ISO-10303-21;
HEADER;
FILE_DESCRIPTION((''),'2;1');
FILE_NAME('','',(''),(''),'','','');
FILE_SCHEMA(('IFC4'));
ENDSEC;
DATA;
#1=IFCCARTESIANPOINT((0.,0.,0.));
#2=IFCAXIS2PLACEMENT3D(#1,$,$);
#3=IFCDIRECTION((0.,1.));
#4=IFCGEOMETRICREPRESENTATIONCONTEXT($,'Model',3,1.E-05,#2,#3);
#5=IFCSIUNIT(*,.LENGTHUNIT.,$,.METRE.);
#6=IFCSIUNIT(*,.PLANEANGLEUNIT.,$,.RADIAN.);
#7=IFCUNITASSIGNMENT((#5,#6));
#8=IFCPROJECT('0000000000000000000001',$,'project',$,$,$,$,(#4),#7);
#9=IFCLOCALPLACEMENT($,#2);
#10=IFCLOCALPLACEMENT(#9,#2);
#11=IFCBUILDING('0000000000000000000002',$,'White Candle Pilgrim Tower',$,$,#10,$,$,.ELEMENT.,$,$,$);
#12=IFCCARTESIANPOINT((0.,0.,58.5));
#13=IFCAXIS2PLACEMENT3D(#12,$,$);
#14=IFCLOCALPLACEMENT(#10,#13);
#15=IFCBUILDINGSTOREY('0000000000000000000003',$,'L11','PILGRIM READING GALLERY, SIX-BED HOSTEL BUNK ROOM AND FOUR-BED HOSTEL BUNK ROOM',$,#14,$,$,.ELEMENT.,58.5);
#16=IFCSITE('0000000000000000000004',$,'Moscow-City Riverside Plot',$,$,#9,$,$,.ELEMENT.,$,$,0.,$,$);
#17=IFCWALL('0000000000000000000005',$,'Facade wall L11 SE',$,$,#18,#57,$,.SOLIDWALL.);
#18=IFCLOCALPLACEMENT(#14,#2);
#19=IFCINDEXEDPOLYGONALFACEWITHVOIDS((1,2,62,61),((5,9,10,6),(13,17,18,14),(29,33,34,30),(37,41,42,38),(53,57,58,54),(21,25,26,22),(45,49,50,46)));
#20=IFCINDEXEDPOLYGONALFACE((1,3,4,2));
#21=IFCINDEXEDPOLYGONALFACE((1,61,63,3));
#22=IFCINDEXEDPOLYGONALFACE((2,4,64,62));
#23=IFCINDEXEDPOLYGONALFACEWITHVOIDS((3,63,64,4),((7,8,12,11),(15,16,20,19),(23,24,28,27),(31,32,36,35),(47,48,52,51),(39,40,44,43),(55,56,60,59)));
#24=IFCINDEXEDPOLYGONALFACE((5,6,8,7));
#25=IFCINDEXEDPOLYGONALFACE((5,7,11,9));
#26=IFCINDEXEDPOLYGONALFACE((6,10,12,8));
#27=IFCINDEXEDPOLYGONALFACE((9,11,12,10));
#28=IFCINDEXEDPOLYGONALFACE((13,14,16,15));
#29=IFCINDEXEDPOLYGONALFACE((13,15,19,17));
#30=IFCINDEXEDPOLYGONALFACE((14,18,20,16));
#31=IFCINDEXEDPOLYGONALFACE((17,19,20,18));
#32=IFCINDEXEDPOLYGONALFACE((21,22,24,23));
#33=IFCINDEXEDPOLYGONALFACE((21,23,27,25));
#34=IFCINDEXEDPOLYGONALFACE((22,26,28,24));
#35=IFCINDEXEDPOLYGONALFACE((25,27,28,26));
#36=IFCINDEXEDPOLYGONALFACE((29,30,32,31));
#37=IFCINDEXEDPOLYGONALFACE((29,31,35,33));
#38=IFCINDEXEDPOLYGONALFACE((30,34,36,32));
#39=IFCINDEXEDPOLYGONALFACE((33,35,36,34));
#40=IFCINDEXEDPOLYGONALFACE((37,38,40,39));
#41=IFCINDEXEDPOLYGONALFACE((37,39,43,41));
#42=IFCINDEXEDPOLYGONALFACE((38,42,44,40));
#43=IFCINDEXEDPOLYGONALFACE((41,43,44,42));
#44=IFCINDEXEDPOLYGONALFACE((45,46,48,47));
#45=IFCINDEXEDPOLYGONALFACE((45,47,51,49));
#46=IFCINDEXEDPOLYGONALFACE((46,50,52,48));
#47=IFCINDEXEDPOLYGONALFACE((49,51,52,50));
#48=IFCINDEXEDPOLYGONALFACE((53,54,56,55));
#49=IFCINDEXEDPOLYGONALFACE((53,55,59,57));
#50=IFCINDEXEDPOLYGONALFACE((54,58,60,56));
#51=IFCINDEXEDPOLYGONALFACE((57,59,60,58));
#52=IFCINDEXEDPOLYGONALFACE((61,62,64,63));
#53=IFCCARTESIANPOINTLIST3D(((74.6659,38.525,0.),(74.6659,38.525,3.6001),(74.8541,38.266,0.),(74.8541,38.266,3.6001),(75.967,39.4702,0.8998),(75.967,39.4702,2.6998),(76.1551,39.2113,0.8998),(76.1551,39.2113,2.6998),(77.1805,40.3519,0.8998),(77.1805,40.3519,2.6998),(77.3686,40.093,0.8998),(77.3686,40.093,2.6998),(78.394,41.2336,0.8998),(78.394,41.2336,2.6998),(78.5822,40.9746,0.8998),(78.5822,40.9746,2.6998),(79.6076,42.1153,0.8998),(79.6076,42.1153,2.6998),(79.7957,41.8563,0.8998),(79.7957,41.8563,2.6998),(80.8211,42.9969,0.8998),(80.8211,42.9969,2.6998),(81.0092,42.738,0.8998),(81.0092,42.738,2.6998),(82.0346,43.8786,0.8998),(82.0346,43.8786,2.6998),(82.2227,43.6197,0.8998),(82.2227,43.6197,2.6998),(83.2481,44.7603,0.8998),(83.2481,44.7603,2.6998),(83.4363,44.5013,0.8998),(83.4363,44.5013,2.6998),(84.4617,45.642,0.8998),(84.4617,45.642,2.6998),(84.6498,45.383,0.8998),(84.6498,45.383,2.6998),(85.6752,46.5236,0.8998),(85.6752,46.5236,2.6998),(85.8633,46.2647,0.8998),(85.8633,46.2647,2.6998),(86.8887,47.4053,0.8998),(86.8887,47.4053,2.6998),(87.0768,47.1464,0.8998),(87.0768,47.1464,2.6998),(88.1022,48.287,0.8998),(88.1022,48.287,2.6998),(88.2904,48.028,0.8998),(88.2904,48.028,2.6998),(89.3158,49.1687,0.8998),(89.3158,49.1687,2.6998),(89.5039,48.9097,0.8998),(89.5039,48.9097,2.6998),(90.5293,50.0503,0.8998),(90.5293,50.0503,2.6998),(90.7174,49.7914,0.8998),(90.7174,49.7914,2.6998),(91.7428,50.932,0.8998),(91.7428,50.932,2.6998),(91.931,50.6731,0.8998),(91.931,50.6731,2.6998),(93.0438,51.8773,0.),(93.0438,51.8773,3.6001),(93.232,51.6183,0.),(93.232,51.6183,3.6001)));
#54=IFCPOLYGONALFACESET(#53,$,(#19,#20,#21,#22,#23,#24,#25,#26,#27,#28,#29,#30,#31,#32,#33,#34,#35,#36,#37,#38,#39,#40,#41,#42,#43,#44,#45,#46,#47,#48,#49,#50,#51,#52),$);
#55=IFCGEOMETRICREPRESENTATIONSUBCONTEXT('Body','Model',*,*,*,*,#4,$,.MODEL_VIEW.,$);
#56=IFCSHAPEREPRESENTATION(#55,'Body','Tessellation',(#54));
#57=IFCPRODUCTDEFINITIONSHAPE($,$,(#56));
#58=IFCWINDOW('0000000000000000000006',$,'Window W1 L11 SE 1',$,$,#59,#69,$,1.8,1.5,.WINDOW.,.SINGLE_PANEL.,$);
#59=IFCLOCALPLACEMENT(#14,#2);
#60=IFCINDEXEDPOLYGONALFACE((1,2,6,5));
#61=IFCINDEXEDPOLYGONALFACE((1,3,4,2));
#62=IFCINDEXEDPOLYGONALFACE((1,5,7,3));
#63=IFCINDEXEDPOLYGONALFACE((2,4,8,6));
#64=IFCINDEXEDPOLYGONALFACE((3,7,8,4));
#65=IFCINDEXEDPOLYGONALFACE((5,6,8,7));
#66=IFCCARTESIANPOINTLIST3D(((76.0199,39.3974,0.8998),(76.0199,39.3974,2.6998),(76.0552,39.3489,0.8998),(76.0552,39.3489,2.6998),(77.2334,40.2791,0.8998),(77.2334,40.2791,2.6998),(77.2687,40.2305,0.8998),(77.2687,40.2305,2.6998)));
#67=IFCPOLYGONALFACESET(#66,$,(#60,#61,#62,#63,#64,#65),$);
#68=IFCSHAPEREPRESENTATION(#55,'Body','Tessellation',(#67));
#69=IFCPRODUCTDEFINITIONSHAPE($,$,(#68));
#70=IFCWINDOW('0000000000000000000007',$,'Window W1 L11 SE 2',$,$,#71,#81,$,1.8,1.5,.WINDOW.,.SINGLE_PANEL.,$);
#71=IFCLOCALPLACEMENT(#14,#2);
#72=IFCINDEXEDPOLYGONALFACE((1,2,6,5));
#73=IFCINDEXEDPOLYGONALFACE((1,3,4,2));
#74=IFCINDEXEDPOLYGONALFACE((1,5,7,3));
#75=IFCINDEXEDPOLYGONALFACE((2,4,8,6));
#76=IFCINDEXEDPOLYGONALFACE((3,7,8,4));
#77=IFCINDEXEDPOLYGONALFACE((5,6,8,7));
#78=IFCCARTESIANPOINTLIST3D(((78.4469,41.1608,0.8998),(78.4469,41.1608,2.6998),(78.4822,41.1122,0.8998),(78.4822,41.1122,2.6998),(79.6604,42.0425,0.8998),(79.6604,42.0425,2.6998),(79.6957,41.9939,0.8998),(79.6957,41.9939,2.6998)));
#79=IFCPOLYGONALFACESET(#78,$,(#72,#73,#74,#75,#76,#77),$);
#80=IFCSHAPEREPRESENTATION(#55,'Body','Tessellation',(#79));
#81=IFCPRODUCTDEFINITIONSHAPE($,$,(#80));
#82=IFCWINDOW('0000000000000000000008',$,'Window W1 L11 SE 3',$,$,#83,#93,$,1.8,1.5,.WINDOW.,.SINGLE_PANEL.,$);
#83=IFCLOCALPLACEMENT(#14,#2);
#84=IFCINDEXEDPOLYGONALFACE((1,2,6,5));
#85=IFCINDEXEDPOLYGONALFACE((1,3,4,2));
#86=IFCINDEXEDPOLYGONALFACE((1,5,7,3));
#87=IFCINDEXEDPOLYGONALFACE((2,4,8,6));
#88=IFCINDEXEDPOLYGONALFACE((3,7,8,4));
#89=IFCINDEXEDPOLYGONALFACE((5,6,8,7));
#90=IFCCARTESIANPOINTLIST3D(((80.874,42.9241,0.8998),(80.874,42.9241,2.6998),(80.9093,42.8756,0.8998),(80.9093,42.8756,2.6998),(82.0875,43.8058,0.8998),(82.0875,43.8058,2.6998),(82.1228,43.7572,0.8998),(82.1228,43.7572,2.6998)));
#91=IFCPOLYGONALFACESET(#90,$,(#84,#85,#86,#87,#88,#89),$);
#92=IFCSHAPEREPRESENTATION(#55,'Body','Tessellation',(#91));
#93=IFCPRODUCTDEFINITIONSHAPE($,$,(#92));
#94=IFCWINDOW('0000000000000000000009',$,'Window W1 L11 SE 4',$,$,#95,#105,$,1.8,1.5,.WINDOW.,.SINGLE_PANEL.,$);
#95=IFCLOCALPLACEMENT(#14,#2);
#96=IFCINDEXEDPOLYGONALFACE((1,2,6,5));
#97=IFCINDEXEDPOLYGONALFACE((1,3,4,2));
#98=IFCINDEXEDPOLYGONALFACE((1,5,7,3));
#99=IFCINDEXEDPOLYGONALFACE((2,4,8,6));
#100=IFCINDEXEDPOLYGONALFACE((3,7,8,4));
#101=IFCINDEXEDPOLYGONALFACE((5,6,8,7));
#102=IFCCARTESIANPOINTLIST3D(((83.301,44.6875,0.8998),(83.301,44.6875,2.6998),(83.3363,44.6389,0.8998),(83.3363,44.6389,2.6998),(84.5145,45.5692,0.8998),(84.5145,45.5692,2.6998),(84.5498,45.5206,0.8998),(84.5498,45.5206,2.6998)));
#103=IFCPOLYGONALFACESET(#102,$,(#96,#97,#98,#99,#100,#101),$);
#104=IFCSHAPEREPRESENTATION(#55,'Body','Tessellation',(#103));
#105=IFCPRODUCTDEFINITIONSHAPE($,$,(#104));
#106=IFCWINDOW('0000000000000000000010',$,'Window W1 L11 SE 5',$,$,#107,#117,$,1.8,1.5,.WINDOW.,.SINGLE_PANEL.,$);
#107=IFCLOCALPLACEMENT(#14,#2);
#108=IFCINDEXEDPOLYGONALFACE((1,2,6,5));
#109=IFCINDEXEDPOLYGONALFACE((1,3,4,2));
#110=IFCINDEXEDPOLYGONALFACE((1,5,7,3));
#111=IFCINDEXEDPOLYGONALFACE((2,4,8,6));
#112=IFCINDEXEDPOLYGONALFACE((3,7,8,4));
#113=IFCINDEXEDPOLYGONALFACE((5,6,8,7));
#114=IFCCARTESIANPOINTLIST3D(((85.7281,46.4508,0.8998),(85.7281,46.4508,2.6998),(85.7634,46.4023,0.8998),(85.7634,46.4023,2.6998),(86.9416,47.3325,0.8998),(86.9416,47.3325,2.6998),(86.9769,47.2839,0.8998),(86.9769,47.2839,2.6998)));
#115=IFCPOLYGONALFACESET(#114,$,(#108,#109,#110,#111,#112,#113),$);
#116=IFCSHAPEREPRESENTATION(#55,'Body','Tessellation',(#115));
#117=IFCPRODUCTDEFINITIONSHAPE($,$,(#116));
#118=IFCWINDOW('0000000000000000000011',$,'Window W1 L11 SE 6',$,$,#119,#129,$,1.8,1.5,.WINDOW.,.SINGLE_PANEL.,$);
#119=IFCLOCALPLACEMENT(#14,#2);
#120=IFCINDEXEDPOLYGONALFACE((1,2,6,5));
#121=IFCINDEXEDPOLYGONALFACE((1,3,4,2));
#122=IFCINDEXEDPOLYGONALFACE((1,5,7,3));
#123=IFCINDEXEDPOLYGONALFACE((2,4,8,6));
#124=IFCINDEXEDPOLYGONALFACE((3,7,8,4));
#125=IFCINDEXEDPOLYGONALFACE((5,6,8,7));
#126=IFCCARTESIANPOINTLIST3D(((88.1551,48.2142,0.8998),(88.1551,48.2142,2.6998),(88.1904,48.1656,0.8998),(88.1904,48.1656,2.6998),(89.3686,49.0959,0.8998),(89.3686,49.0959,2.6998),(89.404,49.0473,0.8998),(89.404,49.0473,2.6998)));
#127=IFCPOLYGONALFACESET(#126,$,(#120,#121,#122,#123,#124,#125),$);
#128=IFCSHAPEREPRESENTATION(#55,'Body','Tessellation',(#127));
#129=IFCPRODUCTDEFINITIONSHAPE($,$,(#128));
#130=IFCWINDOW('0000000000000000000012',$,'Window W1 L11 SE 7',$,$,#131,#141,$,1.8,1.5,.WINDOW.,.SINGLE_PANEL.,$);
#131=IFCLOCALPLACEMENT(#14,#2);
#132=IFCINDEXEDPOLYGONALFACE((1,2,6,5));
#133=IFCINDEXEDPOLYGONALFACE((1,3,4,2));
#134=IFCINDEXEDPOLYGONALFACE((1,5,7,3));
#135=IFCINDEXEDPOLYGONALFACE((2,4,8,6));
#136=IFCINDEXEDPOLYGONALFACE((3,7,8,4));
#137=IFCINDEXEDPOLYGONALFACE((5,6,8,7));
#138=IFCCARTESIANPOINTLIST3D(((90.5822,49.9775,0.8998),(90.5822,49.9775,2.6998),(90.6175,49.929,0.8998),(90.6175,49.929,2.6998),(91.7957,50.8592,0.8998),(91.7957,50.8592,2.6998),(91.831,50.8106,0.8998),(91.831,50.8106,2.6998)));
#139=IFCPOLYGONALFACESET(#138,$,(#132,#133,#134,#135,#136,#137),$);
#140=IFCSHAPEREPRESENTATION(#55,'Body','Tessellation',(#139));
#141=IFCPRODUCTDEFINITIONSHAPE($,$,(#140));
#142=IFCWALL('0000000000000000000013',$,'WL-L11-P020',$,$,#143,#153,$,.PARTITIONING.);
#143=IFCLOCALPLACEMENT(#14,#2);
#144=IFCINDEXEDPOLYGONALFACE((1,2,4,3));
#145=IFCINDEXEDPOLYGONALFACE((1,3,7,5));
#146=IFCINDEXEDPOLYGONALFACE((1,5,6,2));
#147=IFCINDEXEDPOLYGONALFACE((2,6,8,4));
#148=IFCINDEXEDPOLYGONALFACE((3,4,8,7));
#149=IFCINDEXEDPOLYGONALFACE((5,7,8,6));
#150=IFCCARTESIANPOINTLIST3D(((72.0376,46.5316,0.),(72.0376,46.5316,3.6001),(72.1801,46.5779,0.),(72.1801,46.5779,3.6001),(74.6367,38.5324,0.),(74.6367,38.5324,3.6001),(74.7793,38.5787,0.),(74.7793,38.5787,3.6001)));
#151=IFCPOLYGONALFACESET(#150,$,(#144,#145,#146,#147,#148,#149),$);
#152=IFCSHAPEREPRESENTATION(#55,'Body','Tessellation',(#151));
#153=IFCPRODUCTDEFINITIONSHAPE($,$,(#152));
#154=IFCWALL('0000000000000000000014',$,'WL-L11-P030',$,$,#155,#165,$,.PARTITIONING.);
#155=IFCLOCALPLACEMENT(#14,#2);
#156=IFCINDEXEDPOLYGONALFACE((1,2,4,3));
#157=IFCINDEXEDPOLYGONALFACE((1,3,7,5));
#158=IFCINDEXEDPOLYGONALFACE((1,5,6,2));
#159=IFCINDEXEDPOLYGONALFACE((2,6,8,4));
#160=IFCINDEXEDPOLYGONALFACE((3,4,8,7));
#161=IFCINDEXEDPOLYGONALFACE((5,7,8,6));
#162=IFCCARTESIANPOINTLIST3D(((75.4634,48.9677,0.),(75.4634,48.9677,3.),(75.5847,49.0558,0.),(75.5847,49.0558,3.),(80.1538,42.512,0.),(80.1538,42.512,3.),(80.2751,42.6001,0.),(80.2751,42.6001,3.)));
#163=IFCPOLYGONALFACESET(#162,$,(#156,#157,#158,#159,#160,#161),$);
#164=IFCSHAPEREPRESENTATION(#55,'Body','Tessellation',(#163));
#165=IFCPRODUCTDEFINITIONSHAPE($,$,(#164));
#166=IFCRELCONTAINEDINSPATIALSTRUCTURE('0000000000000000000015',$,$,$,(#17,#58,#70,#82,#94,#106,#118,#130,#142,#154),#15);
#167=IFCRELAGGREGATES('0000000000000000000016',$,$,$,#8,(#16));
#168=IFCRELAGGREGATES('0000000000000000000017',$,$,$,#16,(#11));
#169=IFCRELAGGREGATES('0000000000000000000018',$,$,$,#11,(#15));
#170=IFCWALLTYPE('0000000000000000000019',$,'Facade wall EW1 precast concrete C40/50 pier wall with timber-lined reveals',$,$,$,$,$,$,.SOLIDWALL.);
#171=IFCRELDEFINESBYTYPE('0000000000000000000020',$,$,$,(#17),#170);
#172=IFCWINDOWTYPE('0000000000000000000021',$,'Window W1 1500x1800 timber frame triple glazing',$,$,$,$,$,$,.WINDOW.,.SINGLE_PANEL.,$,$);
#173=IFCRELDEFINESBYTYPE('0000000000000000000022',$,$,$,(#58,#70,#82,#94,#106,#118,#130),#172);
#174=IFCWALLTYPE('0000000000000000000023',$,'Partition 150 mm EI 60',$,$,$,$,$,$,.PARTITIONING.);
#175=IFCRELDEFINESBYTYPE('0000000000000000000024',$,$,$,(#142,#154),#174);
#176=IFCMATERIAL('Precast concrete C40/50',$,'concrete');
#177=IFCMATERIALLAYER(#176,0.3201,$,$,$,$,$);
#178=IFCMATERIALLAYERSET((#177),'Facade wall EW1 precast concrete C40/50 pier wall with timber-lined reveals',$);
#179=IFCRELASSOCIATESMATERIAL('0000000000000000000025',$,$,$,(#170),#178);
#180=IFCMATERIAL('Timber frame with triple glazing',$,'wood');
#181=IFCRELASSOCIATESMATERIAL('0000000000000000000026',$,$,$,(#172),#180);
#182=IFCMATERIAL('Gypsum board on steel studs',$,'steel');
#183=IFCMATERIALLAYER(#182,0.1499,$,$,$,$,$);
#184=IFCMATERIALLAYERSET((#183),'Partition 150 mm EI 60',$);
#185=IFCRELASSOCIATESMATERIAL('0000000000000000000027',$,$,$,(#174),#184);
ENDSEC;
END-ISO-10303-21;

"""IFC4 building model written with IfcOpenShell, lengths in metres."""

from ifc_helpers import new_model, si_unit, direction, frame, frame_2d, origin, place, context, subcontext, project, spatial, rectangle, extrude, material, layer, layer_set, type_object, element, fill, save


model = new_model("IFC4")

# Units and contexts
model_context = context("Model", 3, precision=1e-05, world=origin(), true_north=direction((0.0, 1.0)))
body_context = subcontext(model_context, "Body", "Model", "MODEL_VIEW")
ifc_project = project(units=[si_unit("LENGTHUNIT", "METRE"), si_unit("PLANEANGLEUNIT", "RADIAN")], contexts=[model_context])

# Site, building, storey
site_placement = place(None, origin())
site = spatial("IfcSite", under=ifc_project, at=site_placement, Name="Moscow-City Riverside Plot", CompositionType="ELEMENT", RefElevation=0.0)
building_placement = place(site_placement, origin())
building = spatial("IfcBuilding", under=site, at=building_placement, Name="White Candle Pilgrim Tower", CompositionType="ELEMENT")
storey_placement = place(building_placement, frame((0.0, 0.0, 58.5)))
storey = spatial("IfcBuildingStorey", under=building, at=storey_placement, Name="L11", Description="PILGRIM READING GALLERY, SIX-BED HOSTEL BUNK ROOM AND FOUR-BED HOSTEL BUNK ROOM", CompositionType="ELEMENT", Elevation=58.5)

# Shared definitions
ifc_material_1 = material(Name="Gypsum board on steel studs", Category="steel")

# Wall, openings, windows
ifc_material_2 = material(Name="Precast concrete C40/50", Category="concrete")
ifc_layer_1 = layer(ifc_material_2, 0.3201)
ifc_layer_set_1 = layer_set([ifc_layer_1], Name="Facade wall EW1 precast concrete C40/50 pier wall with timber-lined reveals")
wall_type_1 = type_object("IfcWallType", Name="Facade wall EW1 precast concrete C40/50 pier wall with timber-lined reveals", PredefinedType="SOLIDWALL", material=ifc_layer_set_1)
wall_1_placement = place(storey_placement, frame((74.76, 38.3955, 0.0), z_axis=(0.0, 0.0, 1.0), x_axis=(0.809018, 0.587784, 0.0)))
wall_1 = element("IfcWall", 1, at=wall_1_placement, inside=storey, type_object=wall_type_1, Name="Facade wall L11 SE", PredefinedType="SOLIDWALL", context=body_context, shape_type="SweptSolid", body=[
    extrude(rectangle(XDim=22.7163, YDim=0.3201, at=frame_2d((11.3582, 0.0))), origin(), (0.0, 0.0, 1.0), 3.6001),
])
opening_1_placement = place(wall_1_placement, frame((1.6082, 0.0, 0.8999)))
opening_1 = element("IfcOpeningElement", 2, at=opening_1_placement, cuts=wall_1, PredefinedType="OPENING", context=body_context, shape_type="SweptSolid", body=[
    extrude(rectangle(XDim=1.5, YDim=1.8, at=frame_2d((0.75, 0.8999))), frame((0.0, 0.1699, 0.0), z_axis=(0.0, -1.0, 0.0), x_axis=(1.0, 0.0, 0.0)), (0.0, 0.0, 1.0), 0.3401),
])
opening_2_placement = place(wall_1_placement, frame((4.6082, 0.0, 0.8999)))
opening_2 = element("IfcOpeningElement", 3, at=opening_2_placement, cuts=wall_1, PredefinedType="OPENING", context=body_context, shape_type="SweptSolid", body=[
    extrude(rectangle(XDim=1.5, YDim=1.8, at=frame_2d((0.75, 0.8999))), frame((0.0, 0.1699, 0.0), z_axis=(0.0, -1.0, 0.0), x_axis=(1.0, 0.0, 0.0)), (0.0, 0.0, 1.0), 0.3401),
])
opening_3_placement = place(wall_1_placement, frame((7.6082, 0.0, 0.8999)))
opening_3 = element("IfcOpeningElement", 4, at=opening_3_placement, cuts=wall_1, PredefinedType="OPENING", context=body_context, shape_type="SweptSolid", body=[
    extrude(rectangle(XDim=1.5, YDim=1.8, at=frame_2d((0.75, 0.8999))), frame((0.0, 0.1699, 0.0), z_axis=(0.0, -1.0, 0.0), x_axis=(1.0, 0.0, 0.0)), (0.0, 0.0, 1.0), 0.3401),
])
opening_4_placement = place(wall_1_placement, frame((10.6082, 0.0, 0.8999)))
opening_4 = element("IfcOpeningElement", 5, at=opening_4_placement, cuts=wall_1, PredefinedType="OPENING", context=body_context, shape_type="SweptSolid", body=[
    extrude(rectangle(XDim=1.5, YDim=1.8, at=frame_2d((0.75, 0.8999))), frame((0.0, 0.1699, 0.0), z_axis=(0.0, -1.0, 0.0), x_axis=(1.0, 0.0, 0.0)), (0.0, 0.0, 1.0), 0.3401),
])
opening_5_placement = place(wall_1_placement, frame((13.6082, 0.0, 0.8999)))
opening_5 = element("IfcOpeningElement", 6, at=opening_5_placement, cuts=wall_1, PredefinedType="OPENING", context=body_context, shape_type="SweptSolid", body=[
    extrude(rectangle(XDim=1.5, YDim=1.8, at=frame_2d((0.75, 0.8999))), frame((0.0, 0.1699, 0.0), z_axis=(0.0, -1.0, 0.0), x_axis=(1.0, 0.0, 0.0)), (0.0, 0.0, 1.0), 0.3401),
])
opening_6_placement = place(wall_1_placement, frame((16.6082, 0.0, 0.8999)))
opening_6 = element("IfcOpeningElement", 7, at=opening_6_placement, cuts=wall_1, PredefinedType="OPENING", context=body_context, shape_type="SweptSolid", body=[
    extrude(rectangle(XDim=1.5, YDim=1.8, at=frame_2d((0.75, 0.8999))), frame((0.0, 0.1699, 0.0), z_axis=(0.0, -1.0, 0.0), x_axis=(1.0, 0.0, 0.0)), (0.0, 0.0, 1.0), 0.3401),
])
opening_7_placement = place(wall_1_placement, frame((19.6082, 0.0, 0.8999)))
opening_7 = element("IfcOpeningElement", 8, at=opening_7_placement, cuts=wall_1, PredefinedType="OPENING", context=body_context, shape_type="SweptSolid", body=[
    extrude(rectangle(XDim=1.5, YDim=1.8, at=frame_2d((0.75, 0.8999))), frame((0.0, 0.1699, 0.0), z_axis=(0.0, -1.0, 0.0), x_axis=(1.0, 0.0, 0.0)), (0.0, 0.0, 1.0), 0.3401),
])
ifc_material_3 = material(Name="Timber frame with triple glazing", Category="wood")
window_type = type_object("IfcWindowType", Name="Window W1 1500x1800 timber frame triple glazing", PartitioningType="SINGLE_PANEL", PredefinedType="WINDOW", material=ifc_material_3)
window_1_placement = place(opening_1_placement, origin())
window_1 = element("IfcWindow", 9, at=window_1_placement, inside=storey, type_object=window_type, Name="Window W1 L11 SE 1", OverallHeight=1.8, OverallWidth=1.5, PartitioningType="SINGLE_PANEL", PredefinedType="WINDOW", context=body_context, shape_type="SweptSolid", body=[
    extrude(rectangle(XDim=1.5, YDim=1.8, at=frame_2d((0.75, 0.8999))), frame((0.0, 0.0701, 0.0), z_axis=(0.0, -1.0, 0.0), x_axis=(1.0, 0.0, 0.0)), (0.0, 0.0, 1.0), 0.0601),
])
fill(opening_1, window_1)
window_2_placement = place(opening_2_placement, origin())
window_2 = element("IfcWindow", 10, at=window_2_placement, inside=storey, type_object=window_type, Name="Window W1 L11 SE 2", OverallHeight=1.8, OverallWidth=1.5, PartitioningType="SINGLE_PANEL", PredefinedType="WINDOW", context=body_context, shape_type="SweptSolid", body=[
    extrude(rectangle(XDim=1.5, YDim=1.8, at=frame_2d((0.75, 0.8999))), frame((0.0, 0.0701, 0.0), z_axis=(0.0, -1.0, 0.0), x_axis=(1.0, 0.0, 0.0)), (0.0, 0.0, 1.0), 0.0601),
])
fill(opening_2, window_2)
window_3_placement = place(opening_3_placement, origin())
window_3 = element("IfcWindow", 11, at=window_3_placement, inside=storey, type_object=window_type, Name="Window W1 L11 SE 3", OverallHeight=1.8, OverallWidth=1.5, PartitioningType="SINGLE_PANEL", PredefinedType="WINDOW", context=body_context, shape_type="SweptSolid", body=[
    extrude(rectangle(XDim=1.5, YDim=1.8, at=frame_2d((0.75, 0.8999))), frame((0.0, 0.0701, 0.0), z_axis=(0.0, -1.0, 0.0), x_axis=(1.0, 0.0, 0.0)), (0.0, 0.0, 1.0), 0.0601),
])
fill(opening_3, window_3)
window_4_placement = place(opening_4_placement, origin())
window_4 = element("IfcWindow", 12, at=window_4_placement, inside=storey, type_object=window_type, Name="Window W1 L11 SE 4", OverallHeight=1.8, OverallWidth=1.5, PartitioningType="SINGLE_PANEL", PredefinedType="WINDOW", context=body_context, shape_type="SweptSolid", body=[
    extrude(rectangle(XDim=1.5, YDim=1.8, at=frame_2d((0.75, 0.8999))), frame((0.0, 0.0701, 0.0), z_axis=(0.0, -1.0, 0.0), x_axis=(1.0, 0.0, 0.0)), (0.0, 0.0, 1.0), 0.0601),
])
fill(opening_4, window_4)
window_5_placement = place(opening_5_placement, origin())
window_5 = element("IfcWindow", 13, at=window_5_placement, inside=storey, type_object=window_type, Name="Window W1 L11 SE 5", OverallHeight=1.8, OverallWidth=1.5, PartitioningType="SINGLE_PANEL", PredefinedType="WINDOW", context=body_context, shape_type="SweptSolid", body=[
    extrude(rectangle(XDim=1.5, YDim=1.8, at=frame_2d((0.75, 0.8999))), frame((0.0, 0.0701, 0.0), z_axis=(0.0, -1.0, 0.0), x_axis=(1.0, 0.0, 0.0)), (0.0, 0.0, 1.0), 0.0601),
])
fill(opening_5, window_5)
window_6_placement = place(opening_6_placement, origin())
window_6 = element("IfcWindow", 14, at=window_6_placement, inside=storey, type_object=window_type, Name="Window W1 L11 SE 6", OverallHeight=1.8, OverallWidth=1.5, PartitioningType="SINGLE_PANEL", PredefinedType="WINDOW", context=body_context, shape_type="SweptSolid", body=[
    extrude(rectangle(XDim=1.5, YDim=1.8, at=frame_2d((0.75, 0.8999))), frame((0.0, 0.0701, 0.0), z_axis=(0.0, -1.0, 0.0), x_axis=(1.0, 0.0, 0.0)), (0.0, 0.0, 1.0), 0.0601),
])
fill(opening_6, window_6)
window_7_placement = place(opening_7_placement, origin())
window_7 = element("IfcWindow", 15, at=window_7_placement, inside=storey, type_object=window_type, Name="Window W1 L11 SE 7", OverallHeight=1.8, OverallWidth=1.5, PartitioningType="SINGLE_PANEL", PredefinedType="WINDOW", context=body_context, shape_type="SweptSolid", body=[
    extrude(rectangle(XDim=1.5, YDim=1.8, at=frame_2d((0.75, 0.8999))), frame((0.0, 0.0701, 0.0), z_axis=(0.0, -1.0, 0.0), x_axis=(1.0, 0.0, 0.0)), (0.0, 0.0, 1.0), 0.0601),
])
fill(opening_7, window_7)

# Walls
ifc_layer_2 = layer(ifc_material_1, 0.1499)
ifc_layer_set_2 = layer_set([ifc_layer_2], Name="Partition 150 mm EI 60")
wall_type_2 = type_object("IfcWallType", Name="Partition 150 mm EI 60", PredefinedType="PARTITIONING", material=ifc_layer_set_2)
wall_2_placement = place(storey_placement, frame((74.708, 38.5554, 0.0), z_axis=(0.0, 0.0, 1.0), x_axis=(-0.309017, 0.951056, 0.0)))
element("IfcWall", 16, at=wall_2_placement, inside=storey, type_object=wall_type_2, Name="WL-L11-P020", PredefinedType="PARTITIONING", context=body_context, shape_type="SweptSolid", body=[
    extrude(rectangle(XDim=8.4109, YDim=0.1499, at=frame_2d((4.2056, 0.0))), origin(), (0.0, 0.0, 1.0), 3.6001),
])
wall_3_placement = place(storey_placement, frame((80.2144, 42.5562, 0.0), z_axis=(0.0, 0.0, 1.0), x_axis=(-0.587786, 0.809016, 0.0)))
element("IfcWall", 17, at=wall_3_placement, inside=storey, type_object=wall_type_2, Name="WL-L11-P030", PredefinedType="PARTITIONING", context=body_context, shape_type="SweptSolid", body=[
    extrude(rectangle(XDim=7.9797, YDim=0.1499, at=frame_2d((3.9897, 0.0))), origin(), (0.0, 0.0, 1.0), 3.0),
])

save(model, "model.ifc")
